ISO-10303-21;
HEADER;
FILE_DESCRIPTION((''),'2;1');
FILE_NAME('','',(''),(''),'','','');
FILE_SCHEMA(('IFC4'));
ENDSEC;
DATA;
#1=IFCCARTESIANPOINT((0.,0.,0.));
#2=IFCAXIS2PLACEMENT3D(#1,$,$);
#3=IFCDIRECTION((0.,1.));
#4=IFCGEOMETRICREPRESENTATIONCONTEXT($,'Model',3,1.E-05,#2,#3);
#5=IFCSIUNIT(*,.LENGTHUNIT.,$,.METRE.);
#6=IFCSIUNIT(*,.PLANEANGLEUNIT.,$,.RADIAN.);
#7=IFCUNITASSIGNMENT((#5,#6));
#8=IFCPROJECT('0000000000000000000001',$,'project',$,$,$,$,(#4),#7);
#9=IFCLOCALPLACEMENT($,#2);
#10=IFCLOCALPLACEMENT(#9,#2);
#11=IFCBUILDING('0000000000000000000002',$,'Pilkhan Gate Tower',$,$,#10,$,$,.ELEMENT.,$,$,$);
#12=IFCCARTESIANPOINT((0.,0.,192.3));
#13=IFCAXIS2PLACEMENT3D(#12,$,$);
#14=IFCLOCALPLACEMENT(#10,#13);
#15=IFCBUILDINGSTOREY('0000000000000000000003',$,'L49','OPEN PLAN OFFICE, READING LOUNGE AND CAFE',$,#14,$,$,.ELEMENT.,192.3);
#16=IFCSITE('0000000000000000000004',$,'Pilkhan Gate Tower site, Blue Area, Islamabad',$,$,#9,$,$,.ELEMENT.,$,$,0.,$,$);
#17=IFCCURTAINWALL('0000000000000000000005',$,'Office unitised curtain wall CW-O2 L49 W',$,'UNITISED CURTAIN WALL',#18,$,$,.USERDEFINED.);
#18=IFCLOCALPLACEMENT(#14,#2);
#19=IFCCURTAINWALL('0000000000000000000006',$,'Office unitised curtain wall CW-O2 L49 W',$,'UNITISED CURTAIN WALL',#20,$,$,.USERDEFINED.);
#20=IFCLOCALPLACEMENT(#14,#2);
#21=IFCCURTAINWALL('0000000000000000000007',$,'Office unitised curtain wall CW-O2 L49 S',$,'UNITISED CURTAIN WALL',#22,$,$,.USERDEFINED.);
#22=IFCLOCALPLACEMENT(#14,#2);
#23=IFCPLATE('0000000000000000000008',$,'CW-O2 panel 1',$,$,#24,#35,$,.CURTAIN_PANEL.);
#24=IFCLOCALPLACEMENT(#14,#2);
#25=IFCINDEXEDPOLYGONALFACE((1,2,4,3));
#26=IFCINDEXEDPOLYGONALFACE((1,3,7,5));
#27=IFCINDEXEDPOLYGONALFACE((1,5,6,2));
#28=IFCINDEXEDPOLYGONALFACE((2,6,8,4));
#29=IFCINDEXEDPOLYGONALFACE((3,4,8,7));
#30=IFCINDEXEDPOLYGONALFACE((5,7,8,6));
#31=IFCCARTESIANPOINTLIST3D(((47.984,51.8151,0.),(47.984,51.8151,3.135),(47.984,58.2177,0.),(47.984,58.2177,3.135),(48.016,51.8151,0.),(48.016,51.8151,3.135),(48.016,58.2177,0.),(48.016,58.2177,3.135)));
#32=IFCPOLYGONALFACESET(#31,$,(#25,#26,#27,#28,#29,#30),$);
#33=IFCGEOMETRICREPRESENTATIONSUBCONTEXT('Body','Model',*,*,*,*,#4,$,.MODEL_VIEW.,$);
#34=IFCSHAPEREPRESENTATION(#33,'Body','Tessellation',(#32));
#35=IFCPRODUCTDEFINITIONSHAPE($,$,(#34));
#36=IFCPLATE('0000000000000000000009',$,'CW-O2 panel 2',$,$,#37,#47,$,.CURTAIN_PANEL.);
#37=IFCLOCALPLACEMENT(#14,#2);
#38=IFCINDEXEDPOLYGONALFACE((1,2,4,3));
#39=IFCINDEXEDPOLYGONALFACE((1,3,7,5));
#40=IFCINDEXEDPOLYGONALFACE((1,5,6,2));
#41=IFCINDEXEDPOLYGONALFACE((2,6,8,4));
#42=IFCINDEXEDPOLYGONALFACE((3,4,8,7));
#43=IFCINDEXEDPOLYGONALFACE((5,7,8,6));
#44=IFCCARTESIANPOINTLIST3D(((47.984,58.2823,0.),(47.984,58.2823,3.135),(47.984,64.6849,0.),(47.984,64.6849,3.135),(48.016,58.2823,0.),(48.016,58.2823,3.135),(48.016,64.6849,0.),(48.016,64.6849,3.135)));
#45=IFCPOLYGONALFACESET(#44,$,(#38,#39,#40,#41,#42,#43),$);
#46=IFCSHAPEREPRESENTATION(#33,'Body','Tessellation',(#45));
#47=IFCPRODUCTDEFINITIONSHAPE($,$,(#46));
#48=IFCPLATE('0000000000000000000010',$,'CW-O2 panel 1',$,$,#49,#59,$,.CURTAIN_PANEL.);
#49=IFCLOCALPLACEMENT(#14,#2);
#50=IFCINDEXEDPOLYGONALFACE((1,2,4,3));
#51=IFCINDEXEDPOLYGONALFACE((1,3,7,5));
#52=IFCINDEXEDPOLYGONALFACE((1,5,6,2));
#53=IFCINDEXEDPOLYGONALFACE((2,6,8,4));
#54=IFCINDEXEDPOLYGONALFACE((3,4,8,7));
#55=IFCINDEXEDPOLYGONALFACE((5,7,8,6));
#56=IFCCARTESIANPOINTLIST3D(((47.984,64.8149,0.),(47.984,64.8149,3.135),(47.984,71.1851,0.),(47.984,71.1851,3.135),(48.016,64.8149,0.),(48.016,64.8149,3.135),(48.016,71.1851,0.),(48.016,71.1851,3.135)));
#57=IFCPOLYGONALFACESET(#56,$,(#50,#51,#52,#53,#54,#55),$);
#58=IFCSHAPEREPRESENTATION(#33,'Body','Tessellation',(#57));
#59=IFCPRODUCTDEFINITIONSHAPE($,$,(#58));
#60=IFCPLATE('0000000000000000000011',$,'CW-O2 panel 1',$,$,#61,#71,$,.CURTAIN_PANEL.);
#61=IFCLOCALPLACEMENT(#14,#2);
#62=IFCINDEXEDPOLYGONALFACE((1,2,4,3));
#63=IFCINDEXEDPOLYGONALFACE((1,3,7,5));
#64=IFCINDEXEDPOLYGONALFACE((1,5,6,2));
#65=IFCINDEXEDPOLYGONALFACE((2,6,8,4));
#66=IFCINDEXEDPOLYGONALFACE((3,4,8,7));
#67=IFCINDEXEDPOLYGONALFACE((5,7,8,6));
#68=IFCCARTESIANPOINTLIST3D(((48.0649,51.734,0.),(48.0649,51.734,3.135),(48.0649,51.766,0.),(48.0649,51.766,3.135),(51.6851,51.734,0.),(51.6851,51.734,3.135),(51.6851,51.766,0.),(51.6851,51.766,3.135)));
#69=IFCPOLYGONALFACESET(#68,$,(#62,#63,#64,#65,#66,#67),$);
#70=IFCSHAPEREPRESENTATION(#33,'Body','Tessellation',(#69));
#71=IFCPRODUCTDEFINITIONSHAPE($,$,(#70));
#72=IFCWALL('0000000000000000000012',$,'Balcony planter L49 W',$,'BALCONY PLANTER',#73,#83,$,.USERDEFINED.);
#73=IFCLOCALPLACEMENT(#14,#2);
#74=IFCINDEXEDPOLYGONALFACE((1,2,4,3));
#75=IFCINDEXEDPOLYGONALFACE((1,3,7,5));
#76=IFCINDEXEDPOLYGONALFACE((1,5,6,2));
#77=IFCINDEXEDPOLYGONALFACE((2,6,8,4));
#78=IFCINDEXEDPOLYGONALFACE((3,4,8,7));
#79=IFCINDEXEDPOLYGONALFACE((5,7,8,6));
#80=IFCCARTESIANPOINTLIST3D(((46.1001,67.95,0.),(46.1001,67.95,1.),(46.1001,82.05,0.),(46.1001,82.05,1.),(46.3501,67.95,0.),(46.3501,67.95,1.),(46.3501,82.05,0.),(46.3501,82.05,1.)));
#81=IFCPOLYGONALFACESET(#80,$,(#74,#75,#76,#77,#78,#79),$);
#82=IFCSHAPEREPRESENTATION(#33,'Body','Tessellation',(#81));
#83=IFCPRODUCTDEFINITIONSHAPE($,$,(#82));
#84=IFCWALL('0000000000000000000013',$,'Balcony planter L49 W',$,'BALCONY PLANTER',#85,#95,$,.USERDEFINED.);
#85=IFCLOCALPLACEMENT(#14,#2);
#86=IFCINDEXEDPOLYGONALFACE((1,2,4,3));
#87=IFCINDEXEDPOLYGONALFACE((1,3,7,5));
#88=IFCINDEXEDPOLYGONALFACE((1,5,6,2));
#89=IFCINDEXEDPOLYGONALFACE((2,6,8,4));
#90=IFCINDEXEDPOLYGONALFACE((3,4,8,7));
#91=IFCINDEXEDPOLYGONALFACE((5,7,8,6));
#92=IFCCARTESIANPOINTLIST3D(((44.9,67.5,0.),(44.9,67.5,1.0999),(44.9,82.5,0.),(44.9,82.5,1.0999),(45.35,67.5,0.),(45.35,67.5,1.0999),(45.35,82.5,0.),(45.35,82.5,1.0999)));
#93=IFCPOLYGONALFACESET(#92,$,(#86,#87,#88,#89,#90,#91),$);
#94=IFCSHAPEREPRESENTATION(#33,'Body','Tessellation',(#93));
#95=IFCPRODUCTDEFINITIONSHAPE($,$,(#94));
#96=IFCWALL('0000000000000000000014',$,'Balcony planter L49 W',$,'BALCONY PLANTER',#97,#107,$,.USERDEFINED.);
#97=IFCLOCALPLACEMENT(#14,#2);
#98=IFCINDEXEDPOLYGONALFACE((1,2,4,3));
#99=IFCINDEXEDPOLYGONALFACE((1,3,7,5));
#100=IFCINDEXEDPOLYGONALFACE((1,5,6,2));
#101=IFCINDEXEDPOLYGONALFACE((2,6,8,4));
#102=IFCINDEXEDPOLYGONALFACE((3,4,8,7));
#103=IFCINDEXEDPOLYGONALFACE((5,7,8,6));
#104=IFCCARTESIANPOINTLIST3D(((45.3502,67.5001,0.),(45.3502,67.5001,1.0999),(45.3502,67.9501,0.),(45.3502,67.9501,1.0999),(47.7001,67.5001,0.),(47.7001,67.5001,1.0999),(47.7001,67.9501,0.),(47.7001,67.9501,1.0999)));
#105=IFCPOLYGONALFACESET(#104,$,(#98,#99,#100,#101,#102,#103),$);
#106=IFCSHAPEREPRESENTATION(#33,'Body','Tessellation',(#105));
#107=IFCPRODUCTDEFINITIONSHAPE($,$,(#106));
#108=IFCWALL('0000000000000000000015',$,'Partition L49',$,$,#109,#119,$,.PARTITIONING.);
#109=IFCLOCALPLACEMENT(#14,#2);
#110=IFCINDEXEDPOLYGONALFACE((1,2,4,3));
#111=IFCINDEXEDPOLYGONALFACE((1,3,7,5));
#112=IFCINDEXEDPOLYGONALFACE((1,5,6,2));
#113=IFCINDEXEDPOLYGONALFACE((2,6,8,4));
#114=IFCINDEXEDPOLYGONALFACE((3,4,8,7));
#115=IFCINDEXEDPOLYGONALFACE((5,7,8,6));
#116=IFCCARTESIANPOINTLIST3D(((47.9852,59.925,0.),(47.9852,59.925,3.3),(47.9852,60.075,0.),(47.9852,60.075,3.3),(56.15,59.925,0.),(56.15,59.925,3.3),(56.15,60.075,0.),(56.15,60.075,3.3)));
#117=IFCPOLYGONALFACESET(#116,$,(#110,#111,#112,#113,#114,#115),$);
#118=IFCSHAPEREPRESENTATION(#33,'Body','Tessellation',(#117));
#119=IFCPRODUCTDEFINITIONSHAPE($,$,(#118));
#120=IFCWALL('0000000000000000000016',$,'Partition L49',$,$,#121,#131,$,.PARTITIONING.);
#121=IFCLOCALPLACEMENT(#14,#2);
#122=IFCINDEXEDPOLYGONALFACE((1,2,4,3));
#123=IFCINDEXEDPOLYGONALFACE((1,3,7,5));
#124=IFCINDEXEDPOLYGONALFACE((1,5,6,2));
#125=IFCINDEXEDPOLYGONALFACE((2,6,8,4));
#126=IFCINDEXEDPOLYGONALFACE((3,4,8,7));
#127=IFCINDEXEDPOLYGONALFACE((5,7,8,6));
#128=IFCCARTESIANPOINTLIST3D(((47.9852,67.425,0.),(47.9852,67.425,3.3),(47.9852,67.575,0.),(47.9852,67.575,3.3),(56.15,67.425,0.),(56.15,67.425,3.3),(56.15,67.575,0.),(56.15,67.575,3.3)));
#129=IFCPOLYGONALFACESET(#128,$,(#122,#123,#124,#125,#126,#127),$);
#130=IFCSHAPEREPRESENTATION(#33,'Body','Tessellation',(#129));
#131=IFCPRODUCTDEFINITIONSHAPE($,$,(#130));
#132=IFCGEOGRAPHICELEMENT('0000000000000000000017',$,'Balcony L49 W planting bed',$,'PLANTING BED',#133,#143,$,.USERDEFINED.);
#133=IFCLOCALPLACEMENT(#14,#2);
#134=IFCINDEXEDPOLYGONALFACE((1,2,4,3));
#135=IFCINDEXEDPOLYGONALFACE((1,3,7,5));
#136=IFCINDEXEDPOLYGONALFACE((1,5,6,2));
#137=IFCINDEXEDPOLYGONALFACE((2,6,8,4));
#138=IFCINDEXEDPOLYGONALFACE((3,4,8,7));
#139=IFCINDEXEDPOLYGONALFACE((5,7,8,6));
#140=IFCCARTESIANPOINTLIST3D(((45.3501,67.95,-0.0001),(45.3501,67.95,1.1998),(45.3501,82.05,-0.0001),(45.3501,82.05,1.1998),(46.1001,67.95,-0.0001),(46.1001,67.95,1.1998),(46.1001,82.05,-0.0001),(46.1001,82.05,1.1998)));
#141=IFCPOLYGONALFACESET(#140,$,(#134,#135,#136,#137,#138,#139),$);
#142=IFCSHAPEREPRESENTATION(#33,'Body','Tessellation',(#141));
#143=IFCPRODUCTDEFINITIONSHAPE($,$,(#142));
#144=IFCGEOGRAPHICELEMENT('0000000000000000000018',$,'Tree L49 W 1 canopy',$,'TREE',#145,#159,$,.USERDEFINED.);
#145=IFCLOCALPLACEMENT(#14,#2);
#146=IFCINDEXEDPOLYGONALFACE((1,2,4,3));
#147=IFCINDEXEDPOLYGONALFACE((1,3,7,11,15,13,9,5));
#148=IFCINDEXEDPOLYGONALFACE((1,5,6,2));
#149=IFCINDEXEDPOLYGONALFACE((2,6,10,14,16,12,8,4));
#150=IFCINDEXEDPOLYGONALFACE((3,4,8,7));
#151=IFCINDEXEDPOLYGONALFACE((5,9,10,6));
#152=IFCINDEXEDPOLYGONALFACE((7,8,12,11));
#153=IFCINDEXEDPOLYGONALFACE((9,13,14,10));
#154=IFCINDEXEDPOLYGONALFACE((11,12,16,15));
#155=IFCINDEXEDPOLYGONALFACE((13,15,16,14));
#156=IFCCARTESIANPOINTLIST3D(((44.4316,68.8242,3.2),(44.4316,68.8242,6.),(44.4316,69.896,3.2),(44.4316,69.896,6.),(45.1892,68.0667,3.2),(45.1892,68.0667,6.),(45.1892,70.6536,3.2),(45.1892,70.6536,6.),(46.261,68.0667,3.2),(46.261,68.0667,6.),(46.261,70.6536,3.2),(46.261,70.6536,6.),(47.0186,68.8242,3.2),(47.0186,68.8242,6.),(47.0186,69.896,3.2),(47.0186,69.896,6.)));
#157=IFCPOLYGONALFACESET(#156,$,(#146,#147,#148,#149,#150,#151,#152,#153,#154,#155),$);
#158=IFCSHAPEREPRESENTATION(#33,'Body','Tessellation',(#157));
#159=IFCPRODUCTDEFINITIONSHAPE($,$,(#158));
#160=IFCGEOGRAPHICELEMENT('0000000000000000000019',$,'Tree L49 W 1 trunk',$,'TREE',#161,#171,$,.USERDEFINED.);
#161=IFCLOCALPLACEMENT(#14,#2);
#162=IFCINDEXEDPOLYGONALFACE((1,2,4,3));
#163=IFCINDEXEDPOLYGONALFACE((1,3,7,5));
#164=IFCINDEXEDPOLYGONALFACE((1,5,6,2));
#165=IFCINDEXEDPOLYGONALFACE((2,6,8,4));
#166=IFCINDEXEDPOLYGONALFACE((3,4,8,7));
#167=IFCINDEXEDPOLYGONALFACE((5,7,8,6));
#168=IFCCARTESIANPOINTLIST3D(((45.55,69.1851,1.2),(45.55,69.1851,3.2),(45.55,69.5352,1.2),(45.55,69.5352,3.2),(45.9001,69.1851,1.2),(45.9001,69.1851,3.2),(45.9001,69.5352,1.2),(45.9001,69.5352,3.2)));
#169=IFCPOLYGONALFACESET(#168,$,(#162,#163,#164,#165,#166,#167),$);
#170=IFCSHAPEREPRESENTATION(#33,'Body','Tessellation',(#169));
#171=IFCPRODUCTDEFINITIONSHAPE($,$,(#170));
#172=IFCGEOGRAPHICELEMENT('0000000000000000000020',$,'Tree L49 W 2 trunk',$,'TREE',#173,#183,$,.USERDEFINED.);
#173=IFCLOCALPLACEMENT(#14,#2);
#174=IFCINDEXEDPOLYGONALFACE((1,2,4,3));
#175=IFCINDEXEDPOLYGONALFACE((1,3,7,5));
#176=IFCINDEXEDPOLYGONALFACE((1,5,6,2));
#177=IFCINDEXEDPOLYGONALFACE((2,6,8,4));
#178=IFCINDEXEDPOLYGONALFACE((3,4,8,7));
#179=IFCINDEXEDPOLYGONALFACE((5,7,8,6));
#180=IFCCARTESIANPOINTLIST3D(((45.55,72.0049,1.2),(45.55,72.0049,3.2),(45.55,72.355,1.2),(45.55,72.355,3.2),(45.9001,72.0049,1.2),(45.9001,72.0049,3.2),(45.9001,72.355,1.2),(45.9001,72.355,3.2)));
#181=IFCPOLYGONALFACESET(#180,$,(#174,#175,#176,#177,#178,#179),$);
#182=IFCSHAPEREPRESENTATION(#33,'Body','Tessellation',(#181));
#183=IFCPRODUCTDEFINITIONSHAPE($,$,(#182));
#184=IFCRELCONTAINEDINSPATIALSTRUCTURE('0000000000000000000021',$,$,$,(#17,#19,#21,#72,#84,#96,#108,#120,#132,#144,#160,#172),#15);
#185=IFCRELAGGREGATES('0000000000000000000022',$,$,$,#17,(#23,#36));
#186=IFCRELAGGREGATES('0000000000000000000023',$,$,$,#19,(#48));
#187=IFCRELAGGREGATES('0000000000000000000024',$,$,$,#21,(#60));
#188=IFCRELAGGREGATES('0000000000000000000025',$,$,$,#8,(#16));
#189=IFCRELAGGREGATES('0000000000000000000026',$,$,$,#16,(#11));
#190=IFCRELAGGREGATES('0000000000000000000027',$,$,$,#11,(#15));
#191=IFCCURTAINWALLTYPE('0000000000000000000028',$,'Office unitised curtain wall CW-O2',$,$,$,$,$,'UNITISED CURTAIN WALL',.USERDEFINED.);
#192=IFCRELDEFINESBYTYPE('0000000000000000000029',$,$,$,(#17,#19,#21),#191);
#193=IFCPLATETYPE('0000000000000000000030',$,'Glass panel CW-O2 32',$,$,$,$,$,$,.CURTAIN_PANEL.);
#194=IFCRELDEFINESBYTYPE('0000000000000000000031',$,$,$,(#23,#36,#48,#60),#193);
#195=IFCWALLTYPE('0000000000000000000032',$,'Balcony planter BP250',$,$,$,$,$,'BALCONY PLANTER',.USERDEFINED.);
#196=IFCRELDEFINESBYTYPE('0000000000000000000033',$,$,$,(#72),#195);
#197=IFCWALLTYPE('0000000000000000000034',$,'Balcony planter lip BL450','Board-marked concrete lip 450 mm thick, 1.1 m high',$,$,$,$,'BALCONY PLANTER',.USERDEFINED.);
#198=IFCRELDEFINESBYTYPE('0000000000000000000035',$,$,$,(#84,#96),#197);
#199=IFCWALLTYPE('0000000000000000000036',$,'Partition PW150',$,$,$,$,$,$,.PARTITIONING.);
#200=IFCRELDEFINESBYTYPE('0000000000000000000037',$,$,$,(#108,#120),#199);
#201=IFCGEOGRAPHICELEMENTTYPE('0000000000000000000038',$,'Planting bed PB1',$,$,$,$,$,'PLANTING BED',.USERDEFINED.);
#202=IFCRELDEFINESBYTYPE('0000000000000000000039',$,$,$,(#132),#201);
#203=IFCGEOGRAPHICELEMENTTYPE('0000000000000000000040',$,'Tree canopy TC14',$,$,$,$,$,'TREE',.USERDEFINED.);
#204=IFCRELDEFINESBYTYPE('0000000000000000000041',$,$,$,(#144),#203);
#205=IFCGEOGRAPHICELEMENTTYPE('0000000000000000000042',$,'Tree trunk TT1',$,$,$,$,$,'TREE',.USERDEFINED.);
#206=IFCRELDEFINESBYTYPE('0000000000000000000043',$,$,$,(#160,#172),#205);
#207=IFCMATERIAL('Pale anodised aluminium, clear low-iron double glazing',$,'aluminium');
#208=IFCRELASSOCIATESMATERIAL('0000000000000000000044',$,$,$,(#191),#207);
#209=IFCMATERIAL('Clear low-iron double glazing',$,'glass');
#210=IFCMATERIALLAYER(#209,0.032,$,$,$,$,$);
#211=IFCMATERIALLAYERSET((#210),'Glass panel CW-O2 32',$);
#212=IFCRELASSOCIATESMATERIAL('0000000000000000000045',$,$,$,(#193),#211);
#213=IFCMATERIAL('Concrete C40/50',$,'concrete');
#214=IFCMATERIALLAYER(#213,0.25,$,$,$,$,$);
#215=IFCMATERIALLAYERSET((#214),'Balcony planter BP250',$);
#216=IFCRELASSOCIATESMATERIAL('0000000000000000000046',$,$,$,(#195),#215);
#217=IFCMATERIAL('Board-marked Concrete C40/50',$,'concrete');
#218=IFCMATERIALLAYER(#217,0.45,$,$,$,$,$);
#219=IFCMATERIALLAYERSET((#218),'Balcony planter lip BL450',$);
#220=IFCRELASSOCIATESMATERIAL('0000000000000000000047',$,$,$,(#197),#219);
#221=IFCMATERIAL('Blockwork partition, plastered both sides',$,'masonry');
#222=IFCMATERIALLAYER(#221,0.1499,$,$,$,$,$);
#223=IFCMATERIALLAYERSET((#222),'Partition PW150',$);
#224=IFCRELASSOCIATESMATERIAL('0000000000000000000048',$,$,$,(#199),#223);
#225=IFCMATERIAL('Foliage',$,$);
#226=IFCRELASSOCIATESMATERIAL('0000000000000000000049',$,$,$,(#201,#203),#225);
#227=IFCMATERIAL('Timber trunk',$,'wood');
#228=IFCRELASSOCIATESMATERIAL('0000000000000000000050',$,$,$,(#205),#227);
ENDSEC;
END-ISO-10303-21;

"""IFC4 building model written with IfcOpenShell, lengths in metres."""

from ifc_helpers import new_model, si_unit, direction, frame, frame_2d, origin, origin_2d, place, context, subcontext, project, spatial, polyline, rectangle, outline, extrude, material, layer, layer_set, material_profile, profile_set, type_object, element, aggregate, save


model = new_model("IFC4")

# Units and contexts
model_context = context("Model", 3, precision=1e-05, world=origin(), true_north=direction((0.0, 1.0)))
body_context = subcontext(model_context, "Body", "Model", "MODEL_VIEW")
ifc_project = project(units=[si_unit("LENGTHUNIT", "METRE"), si_unit("PLANEANGLEUNIT", "RADIAN")], contexts=[model_context])

# Site, building, storey
site_placement = place(None, origin())
site = spatial("IfcSite", under=ifc_project, at=site_placement, Name="Pilkhan Gate Tower site, Blue Area, Islamabad", CompositionType="ELEMENT", RefElevation=0.0)
building_placement = place(site_placement, origin())
building = spatial("IfcBuilding", under=site, at=building_placement, Name="Pilkhan Gate Tower", CompositionType="ELEMENT")
storey_placement = place(building_placement, frame((0.0, 0.0, 192.3)))
storey = spatial("IfcBuildingStorey", under=building, at=storey_placement, Name="L49", Description="OPEN PLAN OFFICE, READING LOUNGE AND CAFE", CompositionType="ELEMENT", Elevation=192.3)

# Curtain walls
ifc_material_1 = material(Name="Pale anodised aluminium, clear low-iron double glazing", Category="aluminium")
curtain_wall_type = type_object("IfcCurtainWallType", Name="Office unitised curtain wall CW-O2", ElementType="UNITISED CURTAIN WALL", PredefinedType="USERDEFINED", material=ifc_material_1)
curtain_wall_1_placement = place(storey_placement, origin())
curtain_wall_1 = element("IfcCurtainWall", 1, at=curtain_wall_1_placement, inside=storey, type_object=curtain_wall_type, Name="Office unitised curtain wall CW-O2 L49 W", ObjectType="UNITISED CURTAIN WALL", PredefinedType="USERDEFINED")
curtain_wall_2_placement = place(storey_placement, origin())
curtain_wall_2 = element("IfcCurtainWall", 2, at=curtain_wall_2_placement, inside=storey, type_object=curtain_wall_type, Name="Office unitised curtain wall CW-O2 L49 W", ObjectType="UNITISED CURTAIN WALL", PredefinedType="USERDEFINED")

# Curtain wall
curtain_wall_3_placement = place(storey_placement, origin())
curtain_wall_3 = element("IfcCurtainWall", 3, at=curtain_wall_3_placement, inside=storey, type_object=curtain_wall_type, Name="Office unitised curtain wall CW-O2 L49 S", ObjectType="UNITISED CURTAIN WALL", PredefinedType="USERDEFINED")

# Plates
ifc_material_2 = material(Name="Clear low-iron double glazing", Category="glass")
ifc_layer_1 = layer(ifc_material_2, 0.032)
ifc_layer_set_1 = layer_set([ifc_layer_1], Name="Glass panel CW-O2 32")
plate_type = type_object("IfcPlateType", Name="Glass panel CW-O2 32", PredefinedType="CURTAIN_PANEL", material=ifc_layer_set_1)
plate_1_placement = place(storey_placement, frame((48.0, 55.0164, 0.0), z_axis=(0.0, 0.0, 1.0), x_axis=(0.0, 1.0, 0.0)))
plate_1 = element("IfcPlate", 4, at=plate_1_placement, type_object=plate_type, Name="CW-O2 panel 1", PredefinedType="CURTAIN_PANEL", context=body_context, shape_type="SweptSolid", body=[
    extrude(rectangle(XDim=6.4026, YDim=0.032, at=origin_2d()), origin(), (0.0, 0.0, 1.0), 3.135),
])
plate_2_placement = place(storey_placement, frame((48.0, 61.4836, 0.0), z_axis=(0.0, 0.0, 1.0), x_axis=(0.0, 1.0, 0.0)))
plate_2 = element("IfcPlate", 5, at=plate_2_placement, type_object=plate_type, Name="CW-O2 panel 2", PredefinedType="CURTAIN_PANEL", context=body_context, shape_type="SweptSolid", body=[
    extrude(rectangle(XDim=6.4026, YDim=0.032, at=origin_2d()), origin(), (0.0, 0.0, 1.0), 3.135),
])
aggregate(curtain_wall_1, [plate_1, plate_2])
plate_3_placement = place(storey_placement, frame((48.0, 68.0, 0.0), z_axis=(0.0, 0.0, 1.0), x_axis=(0.0, 1.0, 0.0)))
plate_3 = element("IfcPlate", 6, at=plate_3_placement, type_object=plate_type, Name="CW-O2 panel 1", PredefinedType="CURTAIN_PANEL", context=body_context, shape_type="SweptSolid", body=[
    extrude(rectangle(XDim=6.3701, YDim=0.032, at=origin_2d()), origin(), (0.0, 0.0, 1.0), 3.135),
])
aggregate(curtain_wall_2, [plate_3])
plate_4_placement = place(storey_placement, frame((49.875, 51.75, 0.0), z_axis=(0.0, 0.0, 1.0), x_axis=(1.0, 0.0, 0.0)))
plate_4 = element("IfcPlate", 7, at=plate_4_placement, type_object=plate_type, Name="CW-O2 panel 1", PredefinedType="CURTAIN_PANEL", context=body_context, shape_type="SweptSolid", body=[
    extrude(rectangle(XDim=3.6201, YDim=0.032, at=origin_2d()), origin(), (0.0, 0.0, 1.0), 3.135),
])
aggregate(curtain_wall_3, [plate_4])

# Walls
ifc_material_3 = material(Name="Concrete C40/50", Category="concrete")
ifc_layer_2 = layer(ifc_material_3, 0.25)
ifc_layer_set_2 = layer_set([ifc_layer_2], Name="Balcony planter BP250")
wall_type_1 = type_object("IfcWallType", Name="Balcony planter BP250", ElementType="BALCONY PLANTER", PredefinedType="USERDEFINED", material=ifc_layer_set_2)
wall_1_placement = place(storey_placement, frame((46.2251, 67.95, 0.0), z_axis=(0.0, 0.0, 1.0), x_axis=(0.0, 1.0, 0.0)))
element("IfcWall", 8, at=wall_1_placement, inside=storey, type_object=wall_type_1, Name="Balcony planter L49 W", ObjectType="BALCONY PLANTER", PredefinedType="USERDEFINED", context=body_context, shape_type="SweptSolid", body=[
    extrude(rectangle(XDim=14.1001, YDim=0.25, at=frame_2d((7.05, 0.0))), origin(), (0.0, 0.0, 1.0), 1.0),
])
ifc_material_4 = material(Name="Board-marked Concrete C40/50", Category="concrete")
ifc_layer_3 = layer(ifc_material_4, 0.45)
ifc_layer_set_3 = layer_set([ifc_layer_3], Name="Balcony planter lip BL450")
wall_type_2 = type_object("IfcWallType", Name="Balcony planter lip BL450", Description="Board-marked concrete lip 450 mm thick, 1.1 m high", ElementType="BALCONY PLANTER", PredefinedType="USERDEFINED", material=ifc_layer_set_3)
wall_2_placement = place(storey_placement, frame((45.125, 67.5, 0.0), z_axis=(0.0, 0.0, 1.0), x_axis=(0.0, 1.0, 0.0)))
element("IfcWall", 9, at=wall_2_placement, inside=storey, type_object=wall_type_2, Name="Balcony planter L49 W", ObjectType="BALCONY PLANTER", PredefinedType="USERDEFINED", context=body_context, shape_type="SweptSolid", body=[
    extrude(rectangle(XDim=15.0, YDim=0.45, at=frame_2d((7.5, 0.0))), origin(), (0.0, 0.0, 1.0), 1.0999),
])
wall_3_placement = place(storey_placement, frame((47.7, 67.7251, 0.0), z_axis=(0.0, 0.0, 1.0), x_axis=(-1.0, 0.0, 0.0)))
element("IfcWall", 10, at=wall_3_placement, inside=storey, type_object=wall_type_2, Name="Balcony planter L49 W", ObjectType="BALCONY PLANTER", PredefinedType="USERDEFINED", context=body_context, shape_type="SweptSolid", body=[
    extrude(rectangle(XDim=2.3499, YDim=0.45, at=frame_2d((1.1748, 0.0))), origin(), (0.0, 0.0, 1.0), 1.0999),
])

# Walls
ifc_material_5 = material(Name="Blockwork partition, plastered both sides", Category="masonry")
ifc_layer_4 = layer(ifc_material_5, 0.1499)
ifc_layer_set_4 = layer_set([ifc_layer_4], Name="Partition PW150")
wall_type_3 = type_object("IfcWallType", Name="Partition PW150", PredefinedType="PARTITIONING", material=ifc_layer_set_4)
for number, where, z_axis, x_axis, name in (
    (11, (47.9851, 60.0, 0.0), (0.0, 0.0, 1.0), (1.0, 0.0, 0.0), "Partition L49"),
    (12, (47.9851, 67.5, 0.0), (0.0, 0.0, 1.0), (1.0, 0.0, 0.0), "Partition L49"),
):
    element("IfcWall", number, at=place(storey_placement, frame(where, z_axis=z_axis, x_axis=x_axis)), inside=storey, type_object=wall_type_3, Name=name, PredefinedType="PARTITIONING", context=body_context, shape_type="SweptSolid", body=[
        extrude(rectangle(XDim=8.1648, YDim=0.1499, at=frame_2d((4.0825, 0.0))), origin(), (0.0, 0.0, 1.0), 3.3),
    ])

# Geographic elements
ifc_material_6 = material(Name="Foliage")
ifc_material_profile_1 = material_profile(ifc_material_6, rectangle(XDim=0.75, YDim=1.2, at=origin_2d()), Name="Bed 750x1200")
ifc_profile_set_1 = profile_set([ifc_material_profile_1], Name="Foliage")
geographic_element_type_1 = type_object("IfcGeographicElementType", Name="Planting bed PB1", ElementType="PLANTING BED", PredefinedType="USERDEFINED", material=ifc_profile_set_1)
geographic_element_1_placement = place(storey_placement, frame((45.7251, 67.95, 0.5999), z_axis=(0.0, 1.0, 0.0), x_axis=(-1.0, 0.0, 0.0)))
element("IfcGeographicElement", 13, at=geographic_element_1_placement, inside=storey, type_object=geographic_element_type_1, Name="Balcony L49 W planting bed", ObjectType="PLANTING BED", PredefinedType="USERDEFINED", context=body_context, shape_type="SweptSolid", body=[
    extrude(rectangle(XDim=0.75, YDim=1.2, at=origin_2d()), origin(), (0.0, 0.0, 1.0), 14.1001),
])
ifc_material_profile_2 = material_profile(ifc_material_6, outline(polyline([(1.2935, 0.5359), (0.5359, 1.2935), (-0.5359, 1.2935), (-1.2935, 0.5359), (-1.2935, -0.5359), (-0.5359, -1.2935), (0.5359, -1.2935), (1.2935, -0.5359), (1.2935, 0.5359)])), Name="Canopy D2.8")
ifc_profile_set_2 = profile_set([ifc_material_profile_2], Name="Foliage")
geographic_element_type_2 = type_object("IfcGeographicElementType", Name="Tree canopy TC14", ElementType="TREE", PredefinedType="USERDEFINED", material=ifc_profile_set_2)
geographic_element_2_placement = place(storey_placement, frame((45.7251, 69.3601, 3.2), z_axis=(0.0, 0.0, 1.0), x_axis=(1.0, 0.0, 0.0)))
element("IfcGeographicElement", 14, at=geographic_element_2_placement, inside=storey, type_object=geographic_element_type_2, Name="Tree L49 W 1 canopy", ObjectType="TREE", PredefinedType="USERDEFINED", context=body_context, shape_type="SweptSolid", body=[
    extrude(outline(polyline([(1.2935, 0.5359), (0.5359, 1.2935), (-0.5359, 1.2935), (-1.2935, 0.5359), (-1.2935, -0.5359), (-0.5359, -1.2935), (0.5359, -1.2935), (1.2935, -0.5359), (1.2935, 0.5359)])), origin(), (0.0, 0.0, 1.0), 2.8),
])
ifc_material_7 = material(Name="Timber trunk", Category="wood")
geographic_element_type_3 = type_object("IfcGeographicElementType", Name="Tree trunk TT1", ElementType="TREE", PredefinedType="USERDEFINED", material=ifc_material_7)
for number, where, z_axis, x_axis, name in (
    (15, (45.7251, 69.3601, 1.2), (0.0, 0.0, 1.0), (1.0, 0.0, 0.0), "Tree L49 W 1 trunk"),
    (16, (45.7251, 72.1799, 1.2), (0.0, 0.0, 1.0), (1.0, 0.0, 0.0), "Tree L49 W 2 trunk"),
):
    element("IfcGeographicElement", number, at=place(storey_placement, frame(where, z_axis=z_axis, x_axis=x_axis)), inside=storey, type_object=geographic_element_type_3, Name=name, ObjectType="TREE", PredefinedType="USERDEFINED", context=body_context, shape_type="SweptSolid", body=[
        extrude(rectangle(XDim=0.3501, YDim=0.3501, at=origin_2d()), origin(), (0.0, 0.0, 1.0), 2.0),
    ])

save(model, "model.ifc")
